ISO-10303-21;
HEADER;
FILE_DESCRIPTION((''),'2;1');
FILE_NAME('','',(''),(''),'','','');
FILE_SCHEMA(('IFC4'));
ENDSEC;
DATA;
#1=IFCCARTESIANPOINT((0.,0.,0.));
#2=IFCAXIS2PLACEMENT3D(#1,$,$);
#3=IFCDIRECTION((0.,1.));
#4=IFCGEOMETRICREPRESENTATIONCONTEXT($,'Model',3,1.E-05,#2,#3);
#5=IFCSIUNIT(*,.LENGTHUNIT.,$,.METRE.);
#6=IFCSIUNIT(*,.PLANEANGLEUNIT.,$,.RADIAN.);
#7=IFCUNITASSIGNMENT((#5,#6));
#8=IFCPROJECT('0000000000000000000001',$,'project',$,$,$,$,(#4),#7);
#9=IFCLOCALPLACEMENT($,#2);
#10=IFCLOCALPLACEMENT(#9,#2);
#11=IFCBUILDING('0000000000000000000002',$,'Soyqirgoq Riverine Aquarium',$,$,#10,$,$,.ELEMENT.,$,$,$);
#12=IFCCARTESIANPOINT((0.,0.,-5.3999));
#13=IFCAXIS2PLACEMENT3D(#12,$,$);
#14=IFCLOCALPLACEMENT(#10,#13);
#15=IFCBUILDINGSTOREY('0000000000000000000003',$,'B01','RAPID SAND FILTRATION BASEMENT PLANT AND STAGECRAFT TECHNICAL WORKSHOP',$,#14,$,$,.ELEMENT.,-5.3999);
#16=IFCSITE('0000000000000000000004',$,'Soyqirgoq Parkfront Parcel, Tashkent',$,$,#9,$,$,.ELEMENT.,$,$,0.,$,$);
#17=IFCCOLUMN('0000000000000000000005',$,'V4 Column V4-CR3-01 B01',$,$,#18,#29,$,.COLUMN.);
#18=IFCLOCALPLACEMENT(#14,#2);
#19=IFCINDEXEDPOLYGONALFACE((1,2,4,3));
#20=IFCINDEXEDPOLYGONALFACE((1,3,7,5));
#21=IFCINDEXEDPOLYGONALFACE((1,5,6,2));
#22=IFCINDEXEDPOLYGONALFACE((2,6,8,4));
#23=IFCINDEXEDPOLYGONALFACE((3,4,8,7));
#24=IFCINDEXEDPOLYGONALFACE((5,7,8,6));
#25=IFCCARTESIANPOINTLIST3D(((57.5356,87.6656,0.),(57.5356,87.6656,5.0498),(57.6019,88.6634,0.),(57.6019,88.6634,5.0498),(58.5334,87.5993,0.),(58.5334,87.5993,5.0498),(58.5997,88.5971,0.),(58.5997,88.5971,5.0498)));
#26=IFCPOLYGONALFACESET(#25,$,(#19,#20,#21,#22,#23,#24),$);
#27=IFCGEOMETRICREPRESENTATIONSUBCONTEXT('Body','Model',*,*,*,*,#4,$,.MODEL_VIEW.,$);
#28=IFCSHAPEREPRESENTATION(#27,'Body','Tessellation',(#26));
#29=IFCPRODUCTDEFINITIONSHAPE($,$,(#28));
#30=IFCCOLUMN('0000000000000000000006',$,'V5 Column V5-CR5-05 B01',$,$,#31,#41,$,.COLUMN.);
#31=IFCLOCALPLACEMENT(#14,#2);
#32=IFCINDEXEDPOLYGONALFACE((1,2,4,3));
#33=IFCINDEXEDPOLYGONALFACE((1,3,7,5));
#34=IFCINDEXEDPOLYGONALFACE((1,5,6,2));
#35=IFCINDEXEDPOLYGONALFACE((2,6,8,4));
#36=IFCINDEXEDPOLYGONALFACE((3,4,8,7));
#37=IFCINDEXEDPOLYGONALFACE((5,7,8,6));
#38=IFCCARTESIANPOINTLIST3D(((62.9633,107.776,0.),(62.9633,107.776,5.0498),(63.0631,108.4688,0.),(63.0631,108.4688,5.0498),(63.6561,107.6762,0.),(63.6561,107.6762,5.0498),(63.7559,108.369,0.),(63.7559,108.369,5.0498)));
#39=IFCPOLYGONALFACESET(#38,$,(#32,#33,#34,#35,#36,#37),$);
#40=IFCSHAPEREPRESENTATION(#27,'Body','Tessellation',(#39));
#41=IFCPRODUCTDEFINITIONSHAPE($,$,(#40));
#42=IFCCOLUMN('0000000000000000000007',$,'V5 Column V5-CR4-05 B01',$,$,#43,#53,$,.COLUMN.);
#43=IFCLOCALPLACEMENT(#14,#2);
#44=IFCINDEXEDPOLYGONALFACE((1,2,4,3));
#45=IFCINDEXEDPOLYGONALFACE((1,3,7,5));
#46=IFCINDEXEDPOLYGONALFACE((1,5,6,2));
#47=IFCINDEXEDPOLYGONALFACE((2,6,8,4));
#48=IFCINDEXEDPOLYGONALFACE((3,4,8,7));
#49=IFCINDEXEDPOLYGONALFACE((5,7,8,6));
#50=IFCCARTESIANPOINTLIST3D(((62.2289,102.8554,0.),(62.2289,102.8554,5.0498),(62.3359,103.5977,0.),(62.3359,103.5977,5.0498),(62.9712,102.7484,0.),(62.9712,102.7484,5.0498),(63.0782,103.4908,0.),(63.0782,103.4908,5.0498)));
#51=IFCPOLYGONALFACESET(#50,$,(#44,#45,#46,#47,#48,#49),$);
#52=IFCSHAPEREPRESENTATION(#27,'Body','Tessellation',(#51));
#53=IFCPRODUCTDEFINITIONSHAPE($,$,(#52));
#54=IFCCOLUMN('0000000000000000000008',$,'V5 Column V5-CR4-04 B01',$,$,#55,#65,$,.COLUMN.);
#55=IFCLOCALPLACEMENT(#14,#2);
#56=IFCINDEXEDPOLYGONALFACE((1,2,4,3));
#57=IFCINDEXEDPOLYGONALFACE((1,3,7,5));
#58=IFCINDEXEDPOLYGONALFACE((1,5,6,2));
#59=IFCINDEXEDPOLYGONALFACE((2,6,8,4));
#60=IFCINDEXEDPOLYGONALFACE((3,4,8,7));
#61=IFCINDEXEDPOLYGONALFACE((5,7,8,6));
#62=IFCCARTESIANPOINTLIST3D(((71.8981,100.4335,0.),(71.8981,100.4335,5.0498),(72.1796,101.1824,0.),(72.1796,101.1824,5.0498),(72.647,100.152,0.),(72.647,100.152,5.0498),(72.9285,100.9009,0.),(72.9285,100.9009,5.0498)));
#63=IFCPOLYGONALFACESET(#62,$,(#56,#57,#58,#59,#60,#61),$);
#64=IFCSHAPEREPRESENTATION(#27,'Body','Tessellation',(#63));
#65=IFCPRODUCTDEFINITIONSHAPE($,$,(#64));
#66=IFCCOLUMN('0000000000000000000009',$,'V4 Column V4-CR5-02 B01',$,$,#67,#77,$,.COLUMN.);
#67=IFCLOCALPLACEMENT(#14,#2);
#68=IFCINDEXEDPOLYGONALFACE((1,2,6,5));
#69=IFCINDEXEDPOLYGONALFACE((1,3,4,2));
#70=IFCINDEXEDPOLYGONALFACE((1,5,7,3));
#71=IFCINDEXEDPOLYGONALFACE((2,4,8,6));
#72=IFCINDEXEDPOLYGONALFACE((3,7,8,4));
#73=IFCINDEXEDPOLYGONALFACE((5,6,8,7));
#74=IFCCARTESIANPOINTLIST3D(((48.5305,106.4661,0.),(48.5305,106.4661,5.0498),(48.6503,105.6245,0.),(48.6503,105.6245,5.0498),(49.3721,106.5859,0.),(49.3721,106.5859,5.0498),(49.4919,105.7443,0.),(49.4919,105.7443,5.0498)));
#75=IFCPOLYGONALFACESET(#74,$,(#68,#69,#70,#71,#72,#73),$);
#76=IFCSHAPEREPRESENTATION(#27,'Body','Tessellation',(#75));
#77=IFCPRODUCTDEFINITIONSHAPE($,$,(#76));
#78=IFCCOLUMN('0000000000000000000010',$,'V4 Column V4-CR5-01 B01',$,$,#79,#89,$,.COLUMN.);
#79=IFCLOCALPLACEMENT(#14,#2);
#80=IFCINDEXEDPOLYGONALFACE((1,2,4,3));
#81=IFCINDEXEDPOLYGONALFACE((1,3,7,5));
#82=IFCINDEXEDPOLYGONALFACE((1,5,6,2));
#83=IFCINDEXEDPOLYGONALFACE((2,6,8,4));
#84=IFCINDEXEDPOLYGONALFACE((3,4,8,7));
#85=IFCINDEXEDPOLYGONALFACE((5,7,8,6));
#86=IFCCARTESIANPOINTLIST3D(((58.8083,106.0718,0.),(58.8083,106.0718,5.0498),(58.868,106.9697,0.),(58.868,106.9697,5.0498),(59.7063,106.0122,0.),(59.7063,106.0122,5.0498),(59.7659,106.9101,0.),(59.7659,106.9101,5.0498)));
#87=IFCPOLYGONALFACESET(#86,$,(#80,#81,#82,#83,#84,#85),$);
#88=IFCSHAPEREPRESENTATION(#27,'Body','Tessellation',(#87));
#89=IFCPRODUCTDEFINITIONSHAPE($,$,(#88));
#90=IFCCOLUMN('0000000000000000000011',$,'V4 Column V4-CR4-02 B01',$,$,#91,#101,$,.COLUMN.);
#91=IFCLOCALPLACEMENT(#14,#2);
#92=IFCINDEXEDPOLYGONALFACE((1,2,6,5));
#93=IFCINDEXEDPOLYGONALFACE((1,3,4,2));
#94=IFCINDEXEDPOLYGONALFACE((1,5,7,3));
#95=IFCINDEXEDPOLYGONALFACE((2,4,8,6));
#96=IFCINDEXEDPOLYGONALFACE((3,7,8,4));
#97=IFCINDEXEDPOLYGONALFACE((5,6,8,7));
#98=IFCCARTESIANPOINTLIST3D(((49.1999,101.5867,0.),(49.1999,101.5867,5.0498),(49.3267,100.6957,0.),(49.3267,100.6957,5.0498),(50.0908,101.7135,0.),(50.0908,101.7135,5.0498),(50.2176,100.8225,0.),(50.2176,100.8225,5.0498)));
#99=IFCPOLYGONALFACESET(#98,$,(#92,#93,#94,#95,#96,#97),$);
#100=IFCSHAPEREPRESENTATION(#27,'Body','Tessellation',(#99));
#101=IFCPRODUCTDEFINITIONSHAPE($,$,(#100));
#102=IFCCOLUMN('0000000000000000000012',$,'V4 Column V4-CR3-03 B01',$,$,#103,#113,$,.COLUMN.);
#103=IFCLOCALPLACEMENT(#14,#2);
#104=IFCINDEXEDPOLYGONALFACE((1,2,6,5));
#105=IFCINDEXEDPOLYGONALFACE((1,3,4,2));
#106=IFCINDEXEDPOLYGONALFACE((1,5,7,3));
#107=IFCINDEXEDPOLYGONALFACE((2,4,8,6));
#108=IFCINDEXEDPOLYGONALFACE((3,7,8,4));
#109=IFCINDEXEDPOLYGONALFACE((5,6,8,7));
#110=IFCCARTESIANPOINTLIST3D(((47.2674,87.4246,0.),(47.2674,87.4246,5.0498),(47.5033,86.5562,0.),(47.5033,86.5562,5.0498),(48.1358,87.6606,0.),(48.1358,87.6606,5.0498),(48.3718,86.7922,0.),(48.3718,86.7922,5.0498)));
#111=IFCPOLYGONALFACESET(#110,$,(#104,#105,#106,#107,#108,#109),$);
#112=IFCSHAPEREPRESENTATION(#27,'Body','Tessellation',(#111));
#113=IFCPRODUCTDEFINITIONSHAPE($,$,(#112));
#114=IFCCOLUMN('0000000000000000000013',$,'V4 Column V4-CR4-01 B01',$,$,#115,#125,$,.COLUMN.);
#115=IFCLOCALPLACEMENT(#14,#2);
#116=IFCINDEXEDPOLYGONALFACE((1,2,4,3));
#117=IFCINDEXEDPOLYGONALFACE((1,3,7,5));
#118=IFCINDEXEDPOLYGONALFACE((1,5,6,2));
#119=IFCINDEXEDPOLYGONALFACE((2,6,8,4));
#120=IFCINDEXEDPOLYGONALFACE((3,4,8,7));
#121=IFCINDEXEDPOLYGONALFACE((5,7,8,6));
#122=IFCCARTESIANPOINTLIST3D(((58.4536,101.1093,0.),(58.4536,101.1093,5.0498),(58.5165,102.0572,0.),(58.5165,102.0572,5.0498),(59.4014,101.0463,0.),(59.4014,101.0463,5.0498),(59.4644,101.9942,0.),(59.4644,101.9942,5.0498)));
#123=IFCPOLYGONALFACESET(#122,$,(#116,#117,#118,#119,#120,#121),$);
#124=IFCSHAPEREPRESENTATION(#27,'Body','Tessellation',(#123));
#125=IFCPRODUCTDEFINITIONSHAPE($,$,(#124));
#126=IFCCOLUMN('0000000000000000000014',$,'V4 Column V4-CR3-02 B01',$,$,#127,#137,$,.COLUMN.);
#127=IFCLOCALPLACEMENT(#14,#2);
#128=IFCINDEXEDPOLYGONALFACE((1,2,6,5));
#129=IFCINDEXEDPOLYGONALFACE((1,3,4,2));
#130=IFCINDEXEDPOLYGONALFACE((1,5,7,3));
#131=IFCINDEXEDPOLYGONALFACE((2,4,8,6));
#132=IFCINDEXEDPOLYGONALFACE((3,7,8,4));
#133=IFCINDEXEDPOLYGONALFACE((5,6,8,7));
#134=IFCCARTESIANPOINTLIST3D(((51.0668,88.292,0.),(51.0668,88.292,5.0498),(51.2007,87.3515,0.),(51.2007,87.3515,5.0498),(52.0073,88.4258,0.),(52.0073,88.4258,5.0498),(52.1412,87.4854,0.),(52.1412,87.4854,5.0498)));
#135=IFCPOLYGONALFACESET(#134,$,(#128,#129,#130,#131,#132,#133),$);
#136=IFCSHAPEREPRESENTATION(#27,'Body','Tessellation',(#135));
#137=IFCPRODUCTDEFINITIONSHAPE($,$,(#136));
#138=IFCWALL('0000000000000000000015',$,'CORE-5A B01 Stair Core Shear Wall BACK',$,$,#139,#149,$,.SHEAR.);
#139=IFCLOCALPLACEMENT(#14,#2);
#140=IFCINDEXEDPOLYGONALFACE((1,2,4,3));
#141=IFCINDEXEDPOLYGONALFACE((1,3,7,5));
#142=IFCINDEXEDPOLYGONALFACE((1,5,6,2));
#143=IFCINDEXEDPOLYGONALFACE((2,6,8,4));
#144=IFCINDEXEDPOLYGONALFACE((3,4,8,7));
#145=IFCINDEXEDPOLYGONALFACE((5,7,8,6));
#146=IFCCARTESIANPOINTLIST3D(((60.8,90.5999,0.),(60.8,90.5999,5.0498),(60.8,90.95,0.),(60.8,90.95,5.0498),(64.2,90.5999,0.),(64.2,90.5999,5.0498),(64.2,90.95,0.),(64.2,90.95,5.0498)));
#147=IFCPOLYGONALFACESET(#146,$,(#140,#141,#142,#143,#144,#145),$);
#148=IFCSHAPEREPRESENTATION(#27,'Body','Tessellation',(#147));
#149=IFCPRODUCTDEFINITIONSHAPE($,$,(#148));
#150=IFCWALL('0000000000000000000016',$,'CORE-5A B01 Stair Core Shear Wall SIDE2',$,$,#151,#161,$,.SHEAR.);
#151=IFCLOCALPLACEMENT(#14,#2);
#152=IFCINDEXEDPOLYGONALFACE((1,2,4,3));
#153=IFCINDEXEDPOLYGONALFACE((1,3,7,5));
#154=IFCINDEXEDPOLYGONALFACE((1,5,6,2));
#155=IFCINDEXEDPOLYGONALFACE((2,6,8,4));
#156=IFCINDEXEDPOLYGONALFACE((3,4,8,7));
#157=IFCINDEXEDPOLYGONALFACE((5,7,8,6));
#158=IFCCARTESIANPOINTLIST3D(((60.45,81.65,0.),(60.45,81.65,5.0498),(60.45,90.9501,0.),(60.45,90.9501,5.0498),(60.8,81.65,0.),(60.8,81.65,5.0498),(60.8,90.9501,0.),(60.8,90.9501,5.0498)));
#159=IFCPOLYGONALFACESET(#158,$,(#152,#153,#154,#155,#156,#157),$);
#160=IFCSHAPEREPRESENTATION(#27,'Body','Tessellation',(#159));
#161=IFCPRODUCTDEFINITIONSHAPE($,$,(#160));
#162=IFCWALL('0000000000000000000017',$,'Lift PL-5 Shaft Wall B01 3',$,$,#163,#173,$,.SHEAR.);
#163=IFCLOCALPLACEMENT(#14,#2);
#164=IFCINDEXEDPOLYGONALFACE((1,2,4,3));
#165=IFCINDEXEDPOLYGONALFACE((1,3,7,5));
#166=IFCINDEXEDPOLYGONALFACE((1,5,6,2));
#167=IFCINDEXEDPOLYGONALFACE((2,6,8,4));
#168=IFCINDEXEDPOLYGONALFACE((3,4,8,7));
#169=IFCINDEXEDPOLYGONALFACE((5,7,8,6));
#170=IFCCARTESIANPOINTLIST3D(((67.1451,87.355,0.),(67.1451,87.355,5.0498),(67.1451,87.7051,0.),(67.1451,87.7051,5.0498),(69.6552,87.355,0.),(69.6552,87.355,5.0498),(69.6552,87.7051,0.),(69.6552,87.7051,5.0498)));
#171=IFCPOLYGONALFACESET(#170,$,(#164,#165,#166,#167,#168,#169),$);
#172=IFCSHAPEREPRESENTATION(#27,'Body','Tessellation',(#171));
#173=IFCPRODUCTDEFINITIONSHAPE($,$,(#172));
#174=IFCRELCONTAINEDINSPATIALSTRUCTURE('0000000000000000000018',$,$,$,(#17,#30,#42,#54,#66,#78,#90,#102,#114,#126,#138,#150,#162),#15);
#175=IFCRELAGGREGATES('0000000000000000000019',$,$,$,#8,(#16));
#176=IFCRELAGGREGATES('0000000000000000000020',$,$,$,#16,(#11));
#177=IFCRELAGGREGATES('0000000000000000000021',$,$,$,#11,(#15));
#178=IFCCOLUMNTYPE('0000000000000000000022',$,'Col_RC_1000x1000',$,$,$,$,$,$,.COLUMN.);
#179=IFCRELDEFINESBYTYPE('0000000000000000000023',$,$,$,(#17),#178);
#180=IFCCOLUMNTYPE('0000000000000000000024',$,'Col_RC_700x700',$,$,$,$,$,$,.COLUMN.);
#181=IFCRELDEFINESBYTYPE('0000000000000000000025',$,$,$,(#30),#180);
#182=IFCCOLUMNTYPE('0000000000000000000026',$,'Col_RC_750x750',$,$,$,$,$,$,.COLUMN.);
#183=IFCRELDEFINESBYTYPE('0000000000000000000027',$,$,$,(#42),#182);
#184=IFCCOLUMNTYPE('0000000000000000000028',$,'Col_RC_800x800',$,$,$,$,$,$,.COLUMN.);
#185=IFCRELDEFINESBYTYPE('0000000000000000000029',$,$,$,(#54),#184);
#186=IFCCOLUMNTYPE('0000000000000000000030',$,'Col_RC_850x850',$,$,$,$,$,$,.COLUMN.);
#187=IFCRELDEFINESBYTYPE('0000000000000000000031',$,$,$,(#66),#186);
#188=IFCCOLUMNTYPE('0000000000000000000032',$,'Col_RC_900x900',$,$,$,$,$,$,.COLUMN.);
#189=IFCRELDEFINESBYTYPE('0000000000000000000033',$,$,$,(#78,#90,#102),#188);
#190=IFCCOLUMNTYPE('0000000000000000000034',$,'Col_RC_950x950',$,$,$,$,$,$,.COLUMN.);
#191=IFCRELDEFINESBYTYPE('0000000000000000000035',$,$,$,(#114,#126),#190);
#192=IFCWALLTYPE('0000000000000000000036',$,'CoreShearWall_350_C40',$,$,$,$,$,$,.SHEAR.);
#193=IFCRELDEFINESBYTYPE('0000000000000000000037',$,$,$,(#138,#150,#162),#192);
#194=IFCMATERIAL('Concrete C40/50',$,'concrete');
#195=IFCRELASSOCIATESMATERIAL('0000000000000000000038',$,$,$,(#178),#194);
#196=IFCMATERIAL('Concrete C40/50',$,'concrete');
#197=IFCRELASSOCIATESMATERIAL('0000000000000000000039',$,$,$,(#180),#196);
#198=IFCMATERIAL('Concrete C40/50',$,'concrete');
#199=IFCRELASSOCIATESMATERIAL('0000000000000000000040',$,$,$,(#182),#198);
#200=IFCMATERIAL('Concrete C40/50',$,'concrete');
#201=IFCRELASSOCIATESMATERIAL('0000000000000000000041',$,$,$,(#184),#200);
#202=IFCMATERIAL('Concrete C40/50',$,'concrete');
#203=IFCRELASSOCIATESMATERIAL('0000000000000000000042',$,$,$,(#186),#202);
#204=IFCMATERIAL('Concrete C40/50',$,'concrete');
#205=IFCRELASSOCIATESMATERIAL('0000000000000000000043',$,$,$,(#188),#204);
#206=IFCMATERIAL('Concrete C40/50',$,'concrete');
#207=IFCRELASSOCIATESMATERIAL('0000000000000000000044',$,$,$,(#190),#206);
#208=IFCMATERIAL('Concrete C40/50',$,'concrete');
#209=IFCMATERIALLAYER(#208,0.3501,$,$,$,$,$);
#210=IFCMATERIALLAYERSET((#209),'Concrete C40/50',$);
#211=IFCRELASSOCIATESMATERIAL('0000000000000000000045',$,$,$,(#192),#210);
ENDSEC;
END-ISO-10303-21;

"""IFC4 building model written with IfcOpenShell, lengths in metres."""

from ifc_helpers import new_model, si_unit, direction, frame, frame_2d, origin, origin_2d, place, context, subcontext, project, spatial, rectangle, extrude, material, layer, layer_set, material_profile, profile_set, type_object, element, save


model = new_model("IFC4")

# Units and contexts
model_context = context("Model", 3, precision=1e-05, world=origin(), true_north=direction((0.0, 1.0)))
body_context = subcontext(model_context, "Body", "Model", "MODEL_VIEW")
ifc_project = project(units=[si_unit("LENGTHUNIT", "METRE"), si_unit("PLANEANGLEUNIT", "RADIAN")], contexts=[model_context])

# Site, building, storey
site_placement = place(None, origin())
site = spatial("IfcSite", under=ifc_project, at=site_placement, Name="Soyqirgoq Parkfront Parcel, Tashkent", CompositionType="ELEMENT", RefElevation=0.0)
building_placement = place(site_placement, origin())
building = spatial("IfcBuilding", under=site, at=building_placement, Name="Soyqirgoq Riverine Aquarium", CompositionType="ELEMENT")
storey_placement = place(building_placement, frame((0.0, 0.0, -5.3999)))
storey = spatial("IfcBuildingStorey", under=building, at=storey_placement, Name="B01", Description="RAPID SAND FILTRATION BASEMENT PLANT AND STAGECRAFT TECHNICAL WORKSHOP", CompositionType="ELEMENT", Elevation=-5.3999)

# Columns
ifc_material_1 = material(Name="Concrete C40/50", Category="concrete")
ifc_material_profile_1 = material_profile(ifc_material_1, rectangle(XDim=1.0, YDim=1.0, at=origin_2d()), Name="RC 1000x1000")
ifc_profile_set_1 = profile_set([ifc_material_profile_1], Name="Concrete C40/50")
column_type_1 = type_object("IfcColumnType", Name="Col_RC_1000x1000", PredefinedType="COLUMN", material=ifc_profile_set_1)
column_1_placement = place(storey_placement, frame((58.0676, 88.1313, 0.0), z_axis=(0.0, 0.0, 1.0), x_axis=(0.066274, 0.997801, 0.0)))
element("IfcColumn", 1, at=column_1_placement, inside=storey, type_object=column_type_1, Name="V4 Column V4-CR3-01 B01", PredefinedType="COLUMN", context=body_context, shape_type="SweptSolid", body=[
    extrude(rectangle(XDim=1.0, YDim=1.0, at=origin_2d()), origin(), (0.0, 0.0, 1.0), 5.0498),
])
ifc_material_2 = material(Name="Concrete C40/50", Category="concrete")
ifc_material_profile_2 = material_profile(ifc_material_2, rectangle(XDim=0.7, YDim=0.7, at=origin_2d()), Name="RC 700x700")
ifc_profile_set_2 = profile_set([ifc_material_profile_2], Name="Concrete C40/50")
column_type_2 = type_object("IfcColumnType", Name="Col_RC_700x700", PredefinedType="COLUMN", material=ifc_profile_set_2)
column_2_placement = place(storey_placement, frame((63.3596, 108.0725, 0.0), z_axis=(0.0, 0.0, 1.0), x_axis=(0.142629, 0.989776, 0.0)))
element("IfcColumn", 2, at=column_2_placement, inside=storey, type_object=column_type_2, Name="V5 Column V5-CR5-05 B01", PredefinedType="COLUMN", context=body_context, shape_type="SweptSolid", body=[
    extrude(rectangle(XDim=0.7, YDim=0.7, at=origin_2d()), origin(), (0.0, 0.0, 1.0), 5.0498),
])
ifc_material_3 = material(Name="Concrete C40/50", Category="concrete")
ifc_material_profile_3 = material_profile(ifc_material_3, rectangle(XDim=0.75, YDim=0.75, at=origin_2d()), Name="RC 750x750")
ifc_profile_set_3 = profile_set([ifc_material_profile_3], Name="Concrete C40/50")
column_type_3 = type_object("IfcColumnType", Name="Col_RC_750x750", PredefinedType="COLUMN", material=ifc_profile_set_3)
column_3_placement = place(storey_placement, frame((62.6536, 103.1731, 0.0), z_axis=(0.0, 0.0, 1.0), x_axis=(0.142629, 0.989776, 0.0)))
element("IfcColumn", 3, at=column_3_placement, inside=storey, type_object=column_type_3, Name="V5 Column V5-CR4-05 B01", PredefinedType="COLUMN", context=body_context, shape_type="SweptSolid", body=[
    extrude(rectangle(XDim=0.75, YDim=0.75, at=origin_2d()), origin(), (0.0, 0.0, 1.0), 5.0498),
])
ifc_material_4 = material(Name="Concrete C40/50", Category="concrete")
ifc_material_profile_4 = material_profile(ifc_material_4, rectangle(XDim=0.8, YDim=0.8, at=origin_2d()), Name="RC 800x800")
ifc_profile_set_4 = profile_set([ifc_material_profile_4], Name="Concrete C40/50")
column_type_4 = type_object("IfcColumnType", Name="Col_RC_800x800", PredefinedType="COLUMN", material=ifc_profile_set_4)
column_4_placement = place(storey_placement, frame((72.4133, 100.6672, 0.0), z_axis=(0.0, 0.0, 1.0), x_axis=(0.351842, 0.93606, 0.0)))
element("IfcColumn", 4, at=column_4_placement, inside=storey, type_object=column_type_4, Name="V5 Column V5-CR4-04 B01", PredefinedType="COLUMN", context=body_context, shape_type="SweptSolid", body=[
    extrude(rectangle(XDim=0.8, YDim=0.8, at=origin_2d()), origin(), (0.0, 0.0, 1.0), 5.0498),
])
ifc_material_5 = material(Name="Concrete C40/50", Category="concrete")
ifc_material_profile_5 = material_profile(ifc_material_5, rectangle(XDim=0.8501, YDim=0.8501, at=origin_2d()), Name="RC 850x850")
ifc_profile_set_5 = profile_set([ifc_material_profile_5], Name="Concrete C40/50")
column_type_5 = type_object("IfcColumnType", Name="Col_RC_850x850", PredefinedType="COLUMN", material=ifc_profile_set_5)
column_5_placement = place(storey_placement, frame((49.0112, 106.1052, 0.0), z_axis=(0.0, 0.0, 1.0), x_axis=(-0.140901, 0.990024, 0.0)))
element("IfcColumn", 5, at=column_5_placement, inside=storey, type_object=column_type_5, Name="V4 Column V4-CR5-02 B01", PredefinedType="COLUMN", context=body_context, shape_type="SweptSolid", body=[
    extrude(rectangle(XDim=0.8501, YDim=0.8501, at=origin_2d()), origin(), (0.0, 0.0, 1.0), 5.0498),
])
ifc_material_6 = material(Name="Concrete C40/50", Category="concrete")
ifc_material_profile_6 = material_profile(ifc_material_6, rectangle(XDim=0.8999, YDim=0.8999, at=origin_2d()), Name="RC 900x900")
ifc_profile_set_6 = profile_set([ifc_material_profile_6], Name="Concrete C40/50")
column_type_6 = type_object("IfcColumnType", Name="Col_RC_900x900", PredefinedType="COLUMN", material=ifc_profile_set_6)
for number, where, z_axis, x_axis, name in (
    (6, (59.2871, 106.491, 0.0), (0.0, 0.0, 1.0), (0.066274, 0.997801, 0.0), "V4 Column V4-CR5-01 B01"),
    (7, (49.7087, 101.2046, 0.0), (0.0, 0.0, 1.0), (-0.140901, 0.990024, 0.0), "V4 Column V4-CR4-02 B01"),
    (8, (47.8196, 87.1084, 0.0), (0.0, 0.0, 1.0), (-0.262189, 0.965016, 0.0), "V4 Column V4-CR3-03 B01"),
):
    element("IfcColumn", number, at=place(storey_placement, frame(where, z_axis=z_axis, x_axis=x_axis)), inside=storey, type_object=column_type_6, Name=name, PredefinedType="COLUMN", context=body_context, shape_type="SweptSolid", body=[
        extrude(rectangle(XDim=0.8999, YDim=0.8999, at=origin_2d()), origin(), (0.0, 0.0, 1.0), 5.0498),
    ])
ifc_material_7 = material(Name="Concrete C40/50", Category="concrete")
ifc_material_profile_7 = material_profile(ifc_material_7, rectangle(XDim=0.95, YDim=0.95, at=origin_2d()), Name="RC 950x950")
ifc_profile_set_7 = profile_set([ifc_material_profile_7], Name="Concrete C40/50")
column_type_7 = type_object("IfcColumnType", Name="Col_RC_950x950", PredefinedType="COLUMN", material=ifc_profile_set_7)
for number, where, z_axis, x_axis, name in (
    (9, (58.959, 101.5518, 0.0), (0.0, 0.0, 1.0), (0.066274, 0.997801, 0.0), "V4 Column V4-CR4-01 B01"),
    (10, (51.604, 87.8887, 0.0), (0.0, 0.0, 1.0), (-0.140901, 0.990024, 0.0), "V4 Column V4-CR3-02 B01"),
):
    element("IfcColumn", number, at=place(storey_placement, frame(where, z_axis=z_axis, x_axis=x_axis)), inside=storey, type_object=column_type_7, Name=name, PredefinedType="COLUMN", context=body_context, shape_type="SweptSolid", body=[
        extrude(rectangle(XDim=0.95, YDim=0.95, at=origin_2d()), origin(), (0.0, 0.0, 1.0), 5.0498),
    ])

# Walls
ifc_material_8 = material(Name="Concrete C40/50", Category="concrete")
ifc_layer_1 = layer(ifc_material_8, 0.3501)
ifc_layer_set_1 = layer_set([ifc_layer_1], Name="Concrete C40/50")
wall_type_1 = type_object("IfcWallType", Name="CoreShearWall_350_C40", PredefinedType="SHEAR", material=ifc_layer_set_1)
wall_1_placement = place(storey_placement, frame((64.2, 90.7749, 0.0), z_axis=(0.0, 0.0, 1.0), x_axis=(-1.0, 0.0, 0.0)))
element("IfcWall", 11, at=wall_1_placement, inside=storey, type_object=wall_type_1, Name="CORE-5A B01 Stair Core Shear Wall BACK", PredefinedType="SHEAR", context=body_context, shape_type="SweptSolid", body=[
    extrude(rectangle(XDim=3.3999, YDim=0.3501, at=frame_2d((1.7, 0.0))), origin(), (0.0, 0.0, 1.0), 5.0498),
])
wall_2_placement = place(storey_placement, frame((60.625, 90.95, 0.0), z_axis=(0.0, 0.0, 1.0), x_axis=(0.0, -1.0, 0.0)))
element("IfcWall", 12, at=wall_2_placement, inside=storey, type_object=wall_type_1, Name="CORE-5A B01 Stair Core Shear Wall SIDE2", PredefinedType="SHEAR", context=body_context, shape_type="SweptSolid", body=[
    extrude(rectangle(XDim=9.3, YDim=0.3501, at=frame_2d((4.6499, 0.0))), origin(), (0.0, 0.0, 1.0), 5.0498),
])
wall_3_placement = place(storey_placement, frame((69.655, 87.53, 0.0), z_axis=(0.0, 0.0, 1.0), x_axis=(-1.0, 0.0, 0.0)))
element("IfcWall", 13, at=wall_3_placement, inside=storey, type_object=wall_type_1, Name="Lift PL-5 Shaft Wall B01 3", PredefinedType="SHEAR", context=body_context, shape_type="SweptSolid", body=[
    extrude(rectangle(XDim=2.51, YDim=0.3501, at=frame_2d((1.2549, 0.0))), origin(), (0.0, 0.0, 1.0), 5.0498),
])

save(model, "model.ifc")
